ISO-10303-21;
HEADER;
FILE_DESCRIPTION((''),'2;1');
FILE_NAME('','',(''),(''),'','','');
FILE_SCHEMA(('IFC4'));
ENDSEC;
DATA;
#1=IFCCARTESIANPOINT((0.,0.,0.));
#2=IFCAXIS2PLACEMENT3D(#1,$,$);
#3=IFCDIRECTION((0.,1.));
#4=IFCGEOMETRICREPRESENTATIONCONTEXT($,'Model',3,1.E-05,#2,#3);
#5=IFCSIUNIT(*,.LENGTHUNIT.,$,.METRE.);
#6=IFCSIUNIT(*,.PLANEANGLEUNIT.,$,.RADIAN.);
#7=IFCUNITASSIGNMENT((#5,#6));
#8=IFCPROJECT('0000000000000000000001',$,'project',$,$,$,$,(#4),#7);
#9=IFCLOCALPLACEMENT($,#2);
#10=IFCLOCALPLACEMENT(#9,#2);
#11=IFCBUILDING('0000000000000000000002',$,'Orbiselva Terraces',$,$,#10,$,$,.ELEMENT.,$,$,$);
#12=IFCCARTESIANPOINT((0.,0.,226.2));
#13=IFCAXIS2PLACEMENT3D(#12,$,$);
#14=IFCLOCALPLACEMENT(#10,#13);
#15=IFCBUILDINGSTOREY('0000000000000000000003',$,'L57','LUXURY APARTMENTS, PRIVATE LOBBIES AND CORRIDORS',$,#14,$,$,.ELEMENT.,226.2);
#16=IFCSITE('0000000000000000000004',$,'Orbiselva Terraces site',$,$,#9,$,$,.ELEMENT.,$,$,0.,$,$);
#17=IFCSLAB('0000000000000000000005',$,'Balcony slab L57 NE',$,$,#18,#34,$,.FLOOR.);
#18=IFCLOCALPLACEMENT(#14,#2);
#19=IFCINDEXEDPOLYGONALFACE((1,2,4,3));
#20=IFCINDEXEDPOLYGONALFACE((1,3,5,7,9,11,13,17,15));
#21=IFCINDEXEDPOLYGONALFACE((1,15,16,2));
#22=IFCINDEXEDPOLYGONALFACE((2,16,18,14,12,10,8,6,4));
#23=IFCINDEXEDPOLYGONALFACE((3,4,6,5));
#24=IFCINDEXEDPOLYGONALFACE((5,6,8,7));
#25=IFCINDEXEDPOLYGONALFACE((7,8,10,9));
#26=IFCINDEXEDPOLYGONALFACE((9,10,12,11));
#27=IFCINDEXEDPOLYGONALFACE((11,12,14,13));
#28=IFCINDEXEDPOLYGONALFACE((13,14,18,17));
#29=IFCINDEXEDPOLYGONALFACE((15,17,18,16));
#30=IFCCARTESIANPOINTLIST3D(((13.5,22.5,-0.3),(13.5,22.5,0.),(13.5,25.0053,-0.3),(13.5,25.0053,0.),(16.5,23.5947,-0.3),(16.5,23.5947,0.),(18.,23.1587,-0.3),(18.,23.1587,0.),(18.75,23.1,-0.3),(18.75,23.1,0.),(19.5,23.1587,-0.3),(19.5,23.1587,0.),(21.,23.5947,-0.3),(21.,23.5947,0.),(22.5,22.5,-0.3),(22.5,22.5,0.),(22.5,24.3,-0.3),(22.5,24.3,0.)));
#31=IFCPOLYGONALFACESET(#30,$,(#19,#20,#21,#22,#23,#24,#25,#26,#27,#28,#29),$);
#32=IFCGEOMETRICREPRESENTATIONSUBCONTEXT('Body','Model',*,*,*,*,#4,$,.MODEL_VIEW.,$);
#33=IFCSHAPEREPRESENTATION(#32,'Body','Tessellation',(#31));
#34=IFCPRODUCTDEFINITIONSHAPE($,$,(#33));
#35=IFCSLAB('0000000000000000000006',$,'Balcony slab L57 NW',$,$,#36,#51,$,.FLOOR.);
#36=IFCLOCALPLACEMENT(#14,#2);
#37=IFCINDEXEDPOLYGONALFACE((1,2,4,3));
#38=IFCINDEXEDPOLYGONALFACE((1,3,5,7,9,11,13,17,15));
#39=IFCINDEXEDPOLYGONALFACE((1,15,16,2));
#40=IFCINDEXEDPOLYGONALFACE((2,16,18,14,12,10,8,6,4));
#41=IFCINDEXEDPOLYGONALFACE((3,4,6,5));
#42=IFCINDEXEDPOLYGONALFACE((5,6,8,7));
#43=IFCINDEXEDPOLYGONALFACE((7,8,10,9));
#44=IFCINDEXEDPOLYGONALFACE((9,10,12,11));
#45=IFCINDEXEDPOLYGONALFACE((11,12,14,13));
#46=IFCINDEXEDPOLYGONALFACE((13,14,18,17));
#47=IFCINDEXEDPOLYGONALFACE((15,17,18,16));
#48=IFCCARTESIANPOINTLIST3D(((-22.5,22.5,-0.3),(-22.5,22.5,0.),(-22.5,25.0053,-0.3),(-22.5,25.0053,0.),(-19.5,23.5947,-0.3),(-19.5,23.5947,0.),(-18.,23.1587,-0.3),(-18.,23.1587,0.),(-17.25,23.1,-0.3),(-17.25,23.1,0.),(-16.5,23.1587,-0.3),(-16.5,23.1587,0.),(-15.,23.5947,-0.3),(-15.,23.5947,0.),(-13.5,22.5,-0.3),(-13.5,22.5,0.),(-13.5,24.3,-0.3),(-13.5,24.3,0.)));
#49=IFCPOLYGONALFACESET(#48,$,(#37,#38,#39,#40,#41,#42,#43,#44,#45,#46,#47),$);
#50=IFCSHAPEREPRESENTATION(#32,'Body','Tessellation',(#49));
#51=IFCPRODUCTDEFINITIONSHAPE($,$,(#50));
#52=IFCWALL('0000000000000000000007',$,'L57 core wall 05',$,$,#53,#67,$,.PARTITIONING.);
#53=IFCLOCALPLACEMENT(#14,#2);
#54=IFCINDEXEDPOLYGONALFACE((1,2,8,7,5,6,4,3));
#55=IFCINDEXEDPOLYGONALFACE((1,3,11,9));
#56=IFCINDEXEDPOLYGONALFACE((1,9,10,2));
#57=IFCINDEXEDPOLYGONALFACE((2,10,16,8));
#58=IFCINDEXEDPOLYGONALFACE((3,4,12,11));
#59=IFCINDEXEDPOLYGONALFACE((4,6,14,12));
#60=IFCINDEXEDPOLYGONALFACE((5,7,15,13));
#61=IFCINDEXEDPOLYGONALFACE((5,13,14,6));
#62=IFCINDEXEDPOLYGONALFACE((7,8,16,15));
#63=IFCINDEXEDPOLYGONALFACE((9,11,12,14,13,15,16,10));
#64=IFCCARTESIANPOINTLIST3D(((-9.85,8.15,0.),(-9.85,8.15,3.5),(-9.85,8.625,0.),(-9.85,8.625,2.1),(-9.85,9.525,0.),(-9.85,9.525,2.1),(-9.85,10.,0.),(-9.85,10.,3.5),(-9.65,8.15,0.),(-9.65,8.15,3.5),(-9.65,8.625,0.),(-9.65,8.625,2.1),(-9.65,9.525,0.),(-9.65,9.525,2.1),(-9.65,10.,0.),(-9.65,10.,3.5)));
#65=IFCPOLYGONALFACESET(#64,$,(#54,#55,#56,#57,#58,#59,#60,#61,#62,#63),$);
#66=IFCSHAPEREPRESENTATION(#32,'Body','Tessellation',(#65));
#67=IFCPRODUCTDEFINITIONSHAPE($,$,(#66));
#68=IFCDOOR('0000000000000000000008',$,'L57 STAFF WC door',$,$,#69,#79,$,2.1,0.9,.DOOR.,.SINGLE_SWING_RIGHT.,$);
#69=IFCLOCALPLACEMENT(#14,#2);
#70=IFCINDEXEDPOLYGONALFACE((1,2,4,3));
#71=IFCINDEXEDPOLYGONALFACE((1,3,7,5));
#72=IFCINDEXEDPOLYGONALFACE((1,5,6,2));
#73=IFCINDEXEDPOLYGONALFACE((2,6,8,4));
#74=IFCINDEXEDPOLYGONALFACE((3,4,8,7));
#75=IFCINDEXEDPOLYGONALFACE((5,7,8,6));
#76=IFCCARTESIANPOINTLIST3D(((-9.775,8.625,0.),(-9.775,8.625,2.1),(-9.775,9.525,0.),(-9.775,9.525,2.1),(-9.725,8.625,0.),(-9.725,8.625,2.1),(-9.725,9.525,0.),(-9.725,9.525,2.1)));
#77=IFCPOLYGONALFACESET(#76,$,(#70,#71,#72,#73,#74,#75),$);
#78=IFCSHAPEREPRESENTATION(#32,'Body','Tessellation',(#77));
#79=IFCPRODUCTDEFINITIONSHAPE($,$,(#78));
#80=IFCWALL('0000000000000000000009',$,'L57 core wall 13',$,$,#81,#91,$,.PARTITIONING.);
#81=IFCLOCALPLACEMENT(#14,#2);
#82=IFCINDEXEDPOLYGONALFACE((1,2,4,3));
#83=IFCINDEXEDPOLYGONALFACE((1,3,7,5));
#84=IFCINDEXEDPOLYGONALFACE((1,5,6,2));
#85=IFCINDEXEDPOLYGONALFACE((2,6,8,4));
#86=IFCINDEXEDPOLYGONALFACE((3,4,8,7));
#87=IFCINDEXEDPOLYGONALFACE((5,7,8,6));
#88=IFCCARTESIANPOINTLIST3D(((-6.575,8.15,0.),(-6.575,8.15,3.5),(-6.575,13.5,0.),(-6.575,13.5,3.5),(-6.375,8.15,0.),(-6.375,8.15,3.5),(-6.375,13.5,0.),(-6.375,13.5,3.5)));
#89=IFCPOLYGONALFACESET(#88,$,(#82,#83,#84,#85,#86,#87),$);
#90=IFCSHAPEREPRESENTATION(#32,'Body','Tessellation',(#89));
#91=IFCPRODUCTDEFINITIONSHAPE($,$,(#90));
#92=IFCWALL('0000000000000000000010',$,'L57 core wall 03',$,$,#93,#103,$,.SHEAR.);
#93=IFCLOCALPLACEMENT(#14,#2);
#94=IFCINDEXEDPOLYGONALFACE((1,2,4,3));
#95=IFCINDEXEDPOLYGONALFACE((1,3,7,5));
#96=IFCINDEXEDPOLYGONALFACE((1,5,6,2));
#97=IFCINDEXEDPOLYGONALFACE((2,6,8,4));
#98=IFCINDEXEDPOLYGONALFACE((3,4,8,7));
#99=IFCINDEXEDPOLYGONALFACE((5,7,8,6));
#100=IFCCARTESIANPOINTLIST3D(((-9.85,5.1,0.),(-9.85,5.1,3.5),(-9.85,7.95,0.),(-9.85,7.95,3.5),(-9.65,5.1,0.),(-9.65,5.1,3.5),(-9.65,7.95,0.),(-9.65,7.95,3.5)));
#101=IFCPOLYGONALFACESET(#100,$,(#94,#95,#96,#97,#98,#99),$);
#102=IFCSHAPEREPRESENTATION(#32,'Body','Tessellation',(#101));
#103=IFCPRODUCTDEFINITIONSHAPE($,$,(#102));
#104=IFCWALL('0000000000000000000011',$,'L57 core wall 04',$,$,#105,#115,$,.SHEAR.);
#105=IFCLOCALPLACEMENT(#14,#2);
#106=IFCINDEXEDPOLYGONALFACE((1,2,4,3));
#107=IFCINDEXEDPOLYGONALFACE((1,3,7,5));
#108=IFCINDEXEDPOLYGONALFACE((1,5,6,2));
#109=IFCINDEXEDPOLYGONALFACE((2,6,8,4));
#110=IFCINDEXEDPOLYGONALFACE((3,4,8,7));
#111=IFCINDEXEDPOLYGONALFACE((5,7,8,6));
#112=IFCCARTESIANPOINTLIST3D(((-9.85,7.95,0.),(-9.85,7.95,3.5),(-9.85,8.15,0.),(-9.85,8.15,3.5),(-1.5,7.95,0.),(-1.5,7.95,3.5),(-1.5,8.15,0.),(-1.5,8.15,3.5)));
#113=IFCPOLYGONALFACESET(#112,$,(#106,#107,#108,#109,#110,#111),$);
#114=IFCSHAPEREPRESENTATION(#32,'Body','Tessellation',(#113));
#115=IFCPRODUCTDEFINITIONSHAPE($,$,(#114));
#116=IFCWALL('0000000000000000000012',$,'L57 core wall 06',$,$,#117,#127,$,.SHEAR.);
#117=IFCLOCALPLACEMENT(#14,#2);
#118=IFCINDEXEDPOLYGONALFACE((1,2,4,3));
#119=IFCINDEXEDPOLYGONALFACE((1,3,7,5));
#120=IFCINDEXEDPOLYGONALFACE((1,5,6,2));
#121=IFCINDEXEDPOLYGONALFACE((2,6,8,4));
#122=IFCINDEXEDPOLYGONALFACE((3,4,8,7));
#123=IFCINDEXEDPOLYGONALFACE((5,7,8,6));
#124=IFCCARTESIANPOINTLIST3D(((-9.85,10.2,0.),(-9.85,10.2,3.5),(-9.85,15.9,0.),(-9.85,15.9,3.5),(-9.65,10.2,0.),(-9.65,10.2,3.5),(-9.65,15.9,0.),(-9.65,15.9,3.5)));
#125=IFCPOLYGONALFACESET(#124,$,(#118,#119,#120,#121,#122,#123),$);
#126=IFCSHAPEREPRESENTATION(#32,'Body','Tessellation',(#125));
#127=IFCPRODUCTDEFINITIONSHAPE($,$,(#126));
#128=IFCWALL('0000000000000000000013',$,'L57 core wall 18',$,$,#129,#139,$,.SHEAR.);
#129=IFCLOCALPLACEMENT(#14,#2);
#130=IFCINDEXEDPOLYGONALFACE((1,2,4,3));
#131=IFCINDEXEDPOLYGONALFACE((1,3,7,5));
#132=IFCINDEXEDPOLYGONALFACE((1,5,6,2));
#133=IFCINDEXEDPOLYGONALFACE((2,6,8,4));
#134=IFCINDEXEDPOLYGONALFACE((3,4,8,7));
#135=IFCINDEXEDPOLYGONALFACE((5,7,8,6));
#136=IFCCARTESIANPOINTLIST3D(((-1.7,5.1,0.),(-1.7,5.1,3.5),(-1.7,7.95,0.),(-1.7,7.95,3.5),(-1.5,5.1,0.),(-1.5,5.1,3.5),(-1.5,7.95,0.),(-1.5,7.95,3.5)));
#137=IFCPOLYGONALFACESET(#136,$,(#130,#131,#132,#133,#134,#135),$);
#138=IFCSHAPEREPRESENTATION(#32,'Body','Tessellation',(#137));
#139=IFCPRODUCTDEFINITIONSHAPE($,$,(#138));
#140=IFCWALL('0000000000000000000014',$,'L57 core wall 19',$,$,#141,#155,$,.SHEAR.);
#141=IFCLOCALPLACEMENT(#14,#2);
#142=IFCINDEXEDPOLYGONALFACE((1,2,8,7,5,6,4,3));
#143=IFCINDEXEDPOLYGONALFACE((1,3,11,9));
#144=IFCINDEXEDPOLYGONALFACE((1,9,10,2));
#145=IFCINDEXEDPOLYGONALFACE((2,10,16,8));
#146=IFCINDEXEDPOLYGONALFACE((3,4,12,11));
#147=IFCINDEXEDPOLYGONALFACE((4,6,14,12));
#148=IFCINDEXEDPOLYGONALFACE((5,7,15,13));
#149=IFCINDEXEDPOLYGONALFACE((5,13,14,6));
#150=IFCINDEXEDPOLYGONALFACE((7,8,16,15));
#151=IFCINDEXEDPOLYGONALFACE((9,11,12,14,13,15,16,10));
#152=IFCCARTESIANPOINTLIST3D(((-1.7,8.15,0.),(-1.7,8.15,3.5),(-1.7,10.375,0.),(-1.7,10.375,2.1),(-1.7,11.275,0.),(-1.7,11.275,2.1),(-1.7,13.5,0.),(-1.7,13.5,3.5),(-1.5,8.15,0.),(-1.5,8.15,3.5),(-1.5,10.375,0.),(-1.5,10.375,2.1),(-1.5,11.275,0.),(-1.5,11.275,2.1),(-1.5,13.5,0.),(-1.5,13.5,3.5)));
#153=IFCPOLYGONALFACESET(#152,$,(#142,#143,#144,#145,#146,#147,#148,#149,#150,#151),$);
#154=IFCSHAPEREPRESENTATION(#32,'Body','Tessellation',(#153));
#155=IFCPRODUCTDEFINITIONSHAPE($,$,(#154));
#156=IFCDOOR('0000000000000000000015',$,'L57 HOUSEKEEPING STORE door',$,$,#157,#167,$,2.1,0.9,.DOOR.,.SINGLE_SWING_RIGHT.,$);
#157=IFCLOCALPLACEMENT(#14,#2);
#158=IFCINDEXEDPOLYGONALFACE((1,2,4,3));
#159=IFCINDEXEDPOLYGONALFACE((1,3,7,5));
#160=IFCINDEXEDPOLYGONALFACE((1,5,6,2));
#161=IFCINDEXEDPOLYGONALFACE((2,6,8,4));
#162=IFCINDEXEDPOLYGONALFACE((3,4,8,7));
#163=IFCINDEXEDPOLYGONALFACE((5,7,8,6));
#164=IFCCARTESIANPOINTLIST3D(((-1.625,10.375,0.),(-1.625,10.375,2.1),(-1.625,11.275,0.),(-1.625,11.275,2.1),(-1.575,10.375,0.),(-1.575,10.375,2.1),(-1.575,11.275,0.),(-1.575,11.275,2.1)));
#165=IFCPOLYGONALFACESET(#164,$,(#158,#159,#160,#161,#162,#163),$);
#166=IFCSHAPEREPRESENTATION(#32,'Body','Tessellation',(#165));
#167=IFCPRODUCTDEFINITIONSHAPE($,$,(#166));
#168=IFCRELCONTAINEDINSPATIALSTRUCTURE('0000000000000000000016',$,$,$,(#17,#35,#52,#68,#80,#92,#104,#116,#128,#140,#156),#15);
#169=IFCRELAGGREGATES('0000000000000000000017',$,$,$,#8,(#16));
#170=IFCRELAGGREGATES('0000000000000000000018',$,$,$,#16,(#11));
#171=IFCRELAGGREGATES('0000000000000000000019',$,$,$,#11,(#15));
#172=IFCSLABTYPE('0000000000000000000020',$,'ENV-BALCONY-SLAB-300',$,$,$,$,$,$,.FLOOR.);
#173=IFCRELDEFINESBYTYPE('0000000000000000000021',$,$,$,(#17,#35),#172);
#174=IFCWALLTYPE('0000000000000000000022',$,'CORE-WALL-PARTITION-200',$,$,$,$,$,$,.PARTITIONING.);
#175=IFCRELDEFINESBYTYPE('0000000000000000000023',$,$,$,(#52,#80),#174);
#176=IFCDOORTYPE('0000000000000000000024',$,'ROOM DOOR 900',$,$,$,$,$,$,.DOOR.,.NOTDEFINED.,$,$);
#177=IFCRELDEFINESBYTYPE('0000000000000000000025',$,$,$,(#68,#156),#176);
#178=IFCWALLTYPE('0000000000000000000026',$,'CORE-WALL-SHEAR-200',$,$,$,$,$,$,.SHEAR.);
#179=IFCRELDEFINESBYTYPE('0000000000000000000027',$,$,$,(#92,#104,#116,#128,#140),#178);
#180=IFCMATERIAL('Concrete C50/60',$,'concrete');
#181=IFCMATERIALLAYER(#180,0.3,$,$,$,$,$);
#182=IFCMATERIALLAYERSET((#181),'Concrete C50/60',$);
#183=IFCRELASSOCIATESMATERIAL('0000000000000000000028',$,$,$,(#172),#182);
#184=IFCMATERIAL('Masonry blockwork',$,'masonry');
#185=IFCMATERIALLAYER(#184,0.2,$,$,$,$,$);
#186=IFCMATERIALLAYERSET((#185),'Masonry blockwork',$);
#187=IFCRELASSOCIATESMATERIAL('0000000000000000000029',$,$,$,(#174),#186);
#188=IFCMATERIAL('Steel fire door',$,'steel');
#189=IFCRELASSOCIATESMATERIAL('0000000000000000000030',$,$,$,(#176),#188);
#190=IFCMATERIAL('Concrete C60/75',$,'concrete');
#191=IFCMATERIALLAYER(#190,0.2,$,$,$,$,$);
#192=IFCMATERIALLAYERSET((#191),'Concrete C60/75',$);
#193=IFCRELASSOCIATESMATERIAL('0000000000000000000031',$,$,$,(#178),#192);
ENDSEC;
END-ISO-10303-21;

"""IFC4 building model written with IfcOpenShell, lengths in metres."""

from ifc_helpers import new_model, si_unit, direction, frame, frame_2d, origin, place, context, subcontext, project, spatial, polyline, rectangle, outline, extrude, material, layer, layer_set, type_object, element, fill, save


model = new_model("IFC4")

# Units and contexts
model_context = context("Model", 3, precision=1e-05, world=origin(), true_north=direction((0.0, 1.0)))
body_context = subcontext(model_context, "Body", "Model", "MODEL_VIEW")
ifc_project = project(units=[si_unit("LENGTHUNIT", "METRE"), si_unit("PLANEANGLEUNIT", "RADIAN")], contexts=[model_context])

# Site, building, storey
site_placement = place(None, origin())
site = spatial("IfcSite", under=ifc_project, at=site_placement, Name="Orbiselva Terraces site", CompositionType="ELEMENT", RefElevation=0.0)
building_placement = place(site_placement, origin())
building = spatial("IfcBuilding", under=site, at=building_placement, Name="Orbiselva Terraces", CompositionType="ELEMENT")
storey_placement = place(building_placement, frame((0.0, 0.0, 226.2)))
storey = spatial("IfcBuildingStorey", under=building, at=storey_placement, Name="L57", Description="LUXURY APARTMENTS, PRIVATE LOBBIES AND CORRIDORS", CompositionType="ELEMENT", Elevation=226.2)

# Slabs
ifc_material_1 = material(Name="Concrete C50/60", Category="concrete")
ifc_layer_1 = layer(ifc_material_1, 0.3)
ifc_layer_set_1 = layer_set([ifc_layer_1], Name="Concrete C50/60")
slab_type = type_object("IfcSlabType", Name="ENV-BALCONY-SLAB-300", PredefinedType="FLOOR", material=ifc_layer_set_1)
slab_1_placement = place(storey_placement, frame((0.0, 0.0, -0.3)))
element("IfcSlab", 1, at=slab_1_placement, inside=storey, type_object=slab_type, Name="Balcony slab L57 NE", PredefinedType="FLOOR", context=body_context, shape_type="SweptSolid", body=[
    extrude(outline(polyline([(22.5, 24.3), (21.0, 23.5947), (19.5, 23.1587), (18.75, 23.1), (18.0, 23.1587), (16.5, 23.5947), (13.5, 25.0053), (13.5, 22.5), (22.5, 22.5), (22.5, 24.3)])), origin(), (0.0, 0.0, 1.0), 0.3),
])
slab_2_placement = place(storey_placement, frame((0.0, 0.0, -0.3)))
element("IfcSlab", 2, at=slab_2_placement, inside=storey, type_object=slab_type, Name="Balcony slab L57 NW", PredefinedType="FLOOR", context=body_context, shape_type="SweptSolid", body=[
    extrude(outline(polyline([(-13.5, 24.3), (-15.0, 23.5947), (-16.5, 23.1587), (-17.25, 23.1), (-18.0, 23.1587), (-19.5, 23.5947), (-22.5, 25.0053), (-22.5, 22.5), (-13.5, 22.5), (-13.5, 24.3)])), origin(), (0.0, 0.0, 1.0), 0.3),
])

# Wall, opening, door
ifc_material_2 = material(Name="Masonry blockwork", Category="masonry")
ifc_layer_2 = layer(ifc_material_2, 0.2)
ifc_layer_set_2 = layer_set([ifc_layer_2], Name="Masonry blockwork")
wall_type_1 = type_object("IfcWallType", Name="CORE-WALL-PARTITION-200", PredefinedType="PARTITIONING", material=ifc_layer_set_2)
wall_1_placement = place(storey_placement, frame((-9.75, 8.15, 0.0), z_axis=(0.0, 0.0, 1.0), x_axis=(0.0, 1.0, 0.0)))
wall_1 = element("IfcWall", 3, at=wall_1_placement, inside=storey, type_object=wall_type_1, Name="L57 core wall 05", PredefinedType="PARTITIONING", context=body_context, shape_type="SweptSolid", body=[
    extrude(rectangle(XDim=1.85, YDim=0.2, at=frame_2d((0.925, 0.0))), origin(), (0.0, 0.0, 1.0), 3.5),
])
opening_1_placement = place(wall_1_placement, frame((0.475, 0.0, 0.0)))
opening_1 = element("IfcOpeningElement", 4, at=opening_1_placement, cuts=wall_1, PredefinedType="OPENING", context=body_context, shape_type="SweptSolid", body=[
    extrude(rectangle(XDim=0.9, YDim=2.1, at=frame_2d((0.45, 1.05))), frame((0.0, 0.11, 0.0), z_axis=(0.0, -1.0, 0.0), x_axis=(1.0, 0.0, 0.0)), (0.0, 0.0, 1.0), 0.22),
])
ifc_material_3 = material(Name="Steel fire door", Category="steel")
door_type = type_object("IfcDoorType", Name="ROOM DOOR 900", OperationType="NOTDEFINED", PredefinedType="DOOR", material=ifc_material_3)
door_1_placement = place(opening_1_placement, origin())
door_1 = element("IfcDoor", 5, at=door_1_placement, inside=storey, type_object=door_type, Name="L57 STAFF WC door", OperationType="SINGLE_SWING_RIGHT", OverallHeight=2.1, OverallWidth=0.9, PredefinedType="DOOR", context=body_context, shape_type="SweptSolid", body=[
    extrude(rectangle(XDim=0.9, YDim=2.1, at=frame_2d((0.45, 1.05))), frame((0.0, 0.025, 0.0), z_axis=(0.0, -1.0, 0.0), x_axis=(1.0, 0.0, 0.0)), (0.0, 0.0, 1.0), 0.05),
])
fill(opening_1, door_1)

# Walls
wall_2_placement = place(storey_placement, frame((-6.475, 8.15, 0.0), z_axis=(0.0, 0.0, 1.0), x_axis=(0.0, 1.0, 0.0)))
element("IfcWall", 6, at=wall_2_placement, inside=storey, type_object=wall_type_1, Name="L57 core wall 13", PredefinedType="PARTITIONING", context=body_context, shape_type="SweptSolid", body=[
    extrude(rectangle(XDim=5.35, YDim=0.2, at=frame_2d((2.675, 0.0))), origin(), (0.0, 0.0, 1.0), 3.5),
])
ifc_material_4 = material(Name="Concrete C60/75", Category="concrete")
ifc_layer_3 = layer(ifc_material_4, 0.2)
ifc_layer_set_3 = layer_set([ifc_layer_3], Name="Concrete C60/75")
wall_type_2 = type_object("IfcWallType", Name="CORE-WALL-SHEAR-200", PredefinedType="SHEAR", material=ifc_layer_set_3)
wall_3_placement = place(storey_placement, frame((-9.75, 5.1, 0.0), z_axis=(0.0, 0.0, 1.0), x_axis=(0.0, 1.0, 0.0)))
element("IfcWall", 7, at=wall_3_placement, inside=storey, type_object=wall_type_2, Name="L57 core wall 03", PredefinedType="SHEAR", context=body_context, shape_type="SweptSolid", body=[
    extrude(rectangle(XDim=2.85, YDim=0.2, at=frame_2d((1.425, 0.0))), origin(), (0.0, 0.0, 1.0), 3.5),
])
wall_4_placement = place(storey_placement, frame((-9.85, 8.05, 0.0), z_axis=(0.0, 0.0, 1.0), x_axis=(1.0, 0.0, 0.0)))
element("IfcWall", 8, at=wall_4_placement, inside=storey, type_object=wall_type_2, Name="L57 core wall 04", PredefinedType="SHEAR", context=body_context, shape_type="SweptSolid", body=[
    extrude(rectangle(XDim=8.35, YDim=0.2, at=frame_2d((4.175, 0.0))), origin(), (0.0, 0.0, 1.0), 3.5),
])
wall_5_placement = place(storey_placement, frame((-9.75, 10.2, 0.0), z_axis=(0.0, 0.0, 1.0), x_axis=(0.0, 1.0, 0.0)))
element("IfcWall", 9, at=wall_5_placement, inside=storey, type_object=wall_type_2, Name="L57 core wall 06", PredefinedType="SHEAR", context=body_context, shape_type="SweptSolid", body=[
    extrude(rectangle(XDim=5.7, YDim=0.2, at=frame_2d((2.85, 0.0))), origin(), (0.0, 0.0, 1.0), 3.5),
])
wall_6_placement = place(storey_placement, frame((-1.6, 5.1, 0.0), z_axis=(0.0, 0.0, 1.0), x_axis=(0.0, 1.0, 0.0)))
element("IfcWall", 10, at=wall_6_placement, inside=storey, type_object=wall_type_2, Name="L57 core wall 18", PredefinedType="SHEAR", context=body_context, shape_type="SweptSolid", body=[
    extrude(rectangle(XDim=2.85, YDim=0.2, at=frame_2d((1.425, 0.0))), origin(), (0.0, 0.0, 1.0), 3.5),
])

# Wall, opening, door
wall_7_placement = place(storey_placement, frame((-1.6, 8.15, 0.0), z_axis=(0.0, 0.0, 1.0), x_axis=(0.0, 1.0, 0.0)))
wall_7 = element("IfcWall", 11, at=wall_7_placement, inside=storey, type_object=wall_type_2, Name="L57 core wall 19", PredefinedType="SHEAR", context=body_context, shape_type="SweptSolid", body=[
    extrude(rectangle(XDim=5.35, YDim=0.2, at=frame_2d((2.675, 0.0))), origin(), (0.0, 0.0, 1.0), 3.5),
])
opening_2_placement = place(wall_7_placement, frame((2.225, 0.0, 0.0)))
opening_2 = element("IfcOpeningElement", 12, at=opening_2_placement, cuts=wall_7, PredefinedType="OPENING", context=body_context, shape_type="SweptSolid", body=[
    extrude(rectangle(XDim=0.9, YDim=2.1, at=frame_2d((0.45, 1.05))), frame((0.0, 0.11, 0.0), z_axis=(0.0, -1.0, 0.0), x_axis=(1.0, 0.0, 0.0)), (0.0, 0.0, 1.0), 0.22),
])
door_2_placement = place(opening_2_placement, origin())
door_2 = element("IfcDoor", 13, at=door_2_placement, inside=storey, type_object=door_type, Name="L57 HOUSEKEEPING STORE door", OperationType="SINGLE_SWING_RIGHT", OverallHeight=2.1, OverallWidth=0.9, PredefinedType="DOOR", context=body_context, shape_type="SweptSolid", body=[
    extrude(rectangle(XDim=0.9, YDim=2.1, at=frame_2d((0.45, 1.05))), frame((0.0, 0.025, 0.0), z_axis=(0.0, -1.0, 0.0), x_axis=(1.0, 0.0, 0.0)), (0.0, 0.0, 1.0), 0.05),
])
fill(opening_2, door_2)

save(model, "model.ifc")
